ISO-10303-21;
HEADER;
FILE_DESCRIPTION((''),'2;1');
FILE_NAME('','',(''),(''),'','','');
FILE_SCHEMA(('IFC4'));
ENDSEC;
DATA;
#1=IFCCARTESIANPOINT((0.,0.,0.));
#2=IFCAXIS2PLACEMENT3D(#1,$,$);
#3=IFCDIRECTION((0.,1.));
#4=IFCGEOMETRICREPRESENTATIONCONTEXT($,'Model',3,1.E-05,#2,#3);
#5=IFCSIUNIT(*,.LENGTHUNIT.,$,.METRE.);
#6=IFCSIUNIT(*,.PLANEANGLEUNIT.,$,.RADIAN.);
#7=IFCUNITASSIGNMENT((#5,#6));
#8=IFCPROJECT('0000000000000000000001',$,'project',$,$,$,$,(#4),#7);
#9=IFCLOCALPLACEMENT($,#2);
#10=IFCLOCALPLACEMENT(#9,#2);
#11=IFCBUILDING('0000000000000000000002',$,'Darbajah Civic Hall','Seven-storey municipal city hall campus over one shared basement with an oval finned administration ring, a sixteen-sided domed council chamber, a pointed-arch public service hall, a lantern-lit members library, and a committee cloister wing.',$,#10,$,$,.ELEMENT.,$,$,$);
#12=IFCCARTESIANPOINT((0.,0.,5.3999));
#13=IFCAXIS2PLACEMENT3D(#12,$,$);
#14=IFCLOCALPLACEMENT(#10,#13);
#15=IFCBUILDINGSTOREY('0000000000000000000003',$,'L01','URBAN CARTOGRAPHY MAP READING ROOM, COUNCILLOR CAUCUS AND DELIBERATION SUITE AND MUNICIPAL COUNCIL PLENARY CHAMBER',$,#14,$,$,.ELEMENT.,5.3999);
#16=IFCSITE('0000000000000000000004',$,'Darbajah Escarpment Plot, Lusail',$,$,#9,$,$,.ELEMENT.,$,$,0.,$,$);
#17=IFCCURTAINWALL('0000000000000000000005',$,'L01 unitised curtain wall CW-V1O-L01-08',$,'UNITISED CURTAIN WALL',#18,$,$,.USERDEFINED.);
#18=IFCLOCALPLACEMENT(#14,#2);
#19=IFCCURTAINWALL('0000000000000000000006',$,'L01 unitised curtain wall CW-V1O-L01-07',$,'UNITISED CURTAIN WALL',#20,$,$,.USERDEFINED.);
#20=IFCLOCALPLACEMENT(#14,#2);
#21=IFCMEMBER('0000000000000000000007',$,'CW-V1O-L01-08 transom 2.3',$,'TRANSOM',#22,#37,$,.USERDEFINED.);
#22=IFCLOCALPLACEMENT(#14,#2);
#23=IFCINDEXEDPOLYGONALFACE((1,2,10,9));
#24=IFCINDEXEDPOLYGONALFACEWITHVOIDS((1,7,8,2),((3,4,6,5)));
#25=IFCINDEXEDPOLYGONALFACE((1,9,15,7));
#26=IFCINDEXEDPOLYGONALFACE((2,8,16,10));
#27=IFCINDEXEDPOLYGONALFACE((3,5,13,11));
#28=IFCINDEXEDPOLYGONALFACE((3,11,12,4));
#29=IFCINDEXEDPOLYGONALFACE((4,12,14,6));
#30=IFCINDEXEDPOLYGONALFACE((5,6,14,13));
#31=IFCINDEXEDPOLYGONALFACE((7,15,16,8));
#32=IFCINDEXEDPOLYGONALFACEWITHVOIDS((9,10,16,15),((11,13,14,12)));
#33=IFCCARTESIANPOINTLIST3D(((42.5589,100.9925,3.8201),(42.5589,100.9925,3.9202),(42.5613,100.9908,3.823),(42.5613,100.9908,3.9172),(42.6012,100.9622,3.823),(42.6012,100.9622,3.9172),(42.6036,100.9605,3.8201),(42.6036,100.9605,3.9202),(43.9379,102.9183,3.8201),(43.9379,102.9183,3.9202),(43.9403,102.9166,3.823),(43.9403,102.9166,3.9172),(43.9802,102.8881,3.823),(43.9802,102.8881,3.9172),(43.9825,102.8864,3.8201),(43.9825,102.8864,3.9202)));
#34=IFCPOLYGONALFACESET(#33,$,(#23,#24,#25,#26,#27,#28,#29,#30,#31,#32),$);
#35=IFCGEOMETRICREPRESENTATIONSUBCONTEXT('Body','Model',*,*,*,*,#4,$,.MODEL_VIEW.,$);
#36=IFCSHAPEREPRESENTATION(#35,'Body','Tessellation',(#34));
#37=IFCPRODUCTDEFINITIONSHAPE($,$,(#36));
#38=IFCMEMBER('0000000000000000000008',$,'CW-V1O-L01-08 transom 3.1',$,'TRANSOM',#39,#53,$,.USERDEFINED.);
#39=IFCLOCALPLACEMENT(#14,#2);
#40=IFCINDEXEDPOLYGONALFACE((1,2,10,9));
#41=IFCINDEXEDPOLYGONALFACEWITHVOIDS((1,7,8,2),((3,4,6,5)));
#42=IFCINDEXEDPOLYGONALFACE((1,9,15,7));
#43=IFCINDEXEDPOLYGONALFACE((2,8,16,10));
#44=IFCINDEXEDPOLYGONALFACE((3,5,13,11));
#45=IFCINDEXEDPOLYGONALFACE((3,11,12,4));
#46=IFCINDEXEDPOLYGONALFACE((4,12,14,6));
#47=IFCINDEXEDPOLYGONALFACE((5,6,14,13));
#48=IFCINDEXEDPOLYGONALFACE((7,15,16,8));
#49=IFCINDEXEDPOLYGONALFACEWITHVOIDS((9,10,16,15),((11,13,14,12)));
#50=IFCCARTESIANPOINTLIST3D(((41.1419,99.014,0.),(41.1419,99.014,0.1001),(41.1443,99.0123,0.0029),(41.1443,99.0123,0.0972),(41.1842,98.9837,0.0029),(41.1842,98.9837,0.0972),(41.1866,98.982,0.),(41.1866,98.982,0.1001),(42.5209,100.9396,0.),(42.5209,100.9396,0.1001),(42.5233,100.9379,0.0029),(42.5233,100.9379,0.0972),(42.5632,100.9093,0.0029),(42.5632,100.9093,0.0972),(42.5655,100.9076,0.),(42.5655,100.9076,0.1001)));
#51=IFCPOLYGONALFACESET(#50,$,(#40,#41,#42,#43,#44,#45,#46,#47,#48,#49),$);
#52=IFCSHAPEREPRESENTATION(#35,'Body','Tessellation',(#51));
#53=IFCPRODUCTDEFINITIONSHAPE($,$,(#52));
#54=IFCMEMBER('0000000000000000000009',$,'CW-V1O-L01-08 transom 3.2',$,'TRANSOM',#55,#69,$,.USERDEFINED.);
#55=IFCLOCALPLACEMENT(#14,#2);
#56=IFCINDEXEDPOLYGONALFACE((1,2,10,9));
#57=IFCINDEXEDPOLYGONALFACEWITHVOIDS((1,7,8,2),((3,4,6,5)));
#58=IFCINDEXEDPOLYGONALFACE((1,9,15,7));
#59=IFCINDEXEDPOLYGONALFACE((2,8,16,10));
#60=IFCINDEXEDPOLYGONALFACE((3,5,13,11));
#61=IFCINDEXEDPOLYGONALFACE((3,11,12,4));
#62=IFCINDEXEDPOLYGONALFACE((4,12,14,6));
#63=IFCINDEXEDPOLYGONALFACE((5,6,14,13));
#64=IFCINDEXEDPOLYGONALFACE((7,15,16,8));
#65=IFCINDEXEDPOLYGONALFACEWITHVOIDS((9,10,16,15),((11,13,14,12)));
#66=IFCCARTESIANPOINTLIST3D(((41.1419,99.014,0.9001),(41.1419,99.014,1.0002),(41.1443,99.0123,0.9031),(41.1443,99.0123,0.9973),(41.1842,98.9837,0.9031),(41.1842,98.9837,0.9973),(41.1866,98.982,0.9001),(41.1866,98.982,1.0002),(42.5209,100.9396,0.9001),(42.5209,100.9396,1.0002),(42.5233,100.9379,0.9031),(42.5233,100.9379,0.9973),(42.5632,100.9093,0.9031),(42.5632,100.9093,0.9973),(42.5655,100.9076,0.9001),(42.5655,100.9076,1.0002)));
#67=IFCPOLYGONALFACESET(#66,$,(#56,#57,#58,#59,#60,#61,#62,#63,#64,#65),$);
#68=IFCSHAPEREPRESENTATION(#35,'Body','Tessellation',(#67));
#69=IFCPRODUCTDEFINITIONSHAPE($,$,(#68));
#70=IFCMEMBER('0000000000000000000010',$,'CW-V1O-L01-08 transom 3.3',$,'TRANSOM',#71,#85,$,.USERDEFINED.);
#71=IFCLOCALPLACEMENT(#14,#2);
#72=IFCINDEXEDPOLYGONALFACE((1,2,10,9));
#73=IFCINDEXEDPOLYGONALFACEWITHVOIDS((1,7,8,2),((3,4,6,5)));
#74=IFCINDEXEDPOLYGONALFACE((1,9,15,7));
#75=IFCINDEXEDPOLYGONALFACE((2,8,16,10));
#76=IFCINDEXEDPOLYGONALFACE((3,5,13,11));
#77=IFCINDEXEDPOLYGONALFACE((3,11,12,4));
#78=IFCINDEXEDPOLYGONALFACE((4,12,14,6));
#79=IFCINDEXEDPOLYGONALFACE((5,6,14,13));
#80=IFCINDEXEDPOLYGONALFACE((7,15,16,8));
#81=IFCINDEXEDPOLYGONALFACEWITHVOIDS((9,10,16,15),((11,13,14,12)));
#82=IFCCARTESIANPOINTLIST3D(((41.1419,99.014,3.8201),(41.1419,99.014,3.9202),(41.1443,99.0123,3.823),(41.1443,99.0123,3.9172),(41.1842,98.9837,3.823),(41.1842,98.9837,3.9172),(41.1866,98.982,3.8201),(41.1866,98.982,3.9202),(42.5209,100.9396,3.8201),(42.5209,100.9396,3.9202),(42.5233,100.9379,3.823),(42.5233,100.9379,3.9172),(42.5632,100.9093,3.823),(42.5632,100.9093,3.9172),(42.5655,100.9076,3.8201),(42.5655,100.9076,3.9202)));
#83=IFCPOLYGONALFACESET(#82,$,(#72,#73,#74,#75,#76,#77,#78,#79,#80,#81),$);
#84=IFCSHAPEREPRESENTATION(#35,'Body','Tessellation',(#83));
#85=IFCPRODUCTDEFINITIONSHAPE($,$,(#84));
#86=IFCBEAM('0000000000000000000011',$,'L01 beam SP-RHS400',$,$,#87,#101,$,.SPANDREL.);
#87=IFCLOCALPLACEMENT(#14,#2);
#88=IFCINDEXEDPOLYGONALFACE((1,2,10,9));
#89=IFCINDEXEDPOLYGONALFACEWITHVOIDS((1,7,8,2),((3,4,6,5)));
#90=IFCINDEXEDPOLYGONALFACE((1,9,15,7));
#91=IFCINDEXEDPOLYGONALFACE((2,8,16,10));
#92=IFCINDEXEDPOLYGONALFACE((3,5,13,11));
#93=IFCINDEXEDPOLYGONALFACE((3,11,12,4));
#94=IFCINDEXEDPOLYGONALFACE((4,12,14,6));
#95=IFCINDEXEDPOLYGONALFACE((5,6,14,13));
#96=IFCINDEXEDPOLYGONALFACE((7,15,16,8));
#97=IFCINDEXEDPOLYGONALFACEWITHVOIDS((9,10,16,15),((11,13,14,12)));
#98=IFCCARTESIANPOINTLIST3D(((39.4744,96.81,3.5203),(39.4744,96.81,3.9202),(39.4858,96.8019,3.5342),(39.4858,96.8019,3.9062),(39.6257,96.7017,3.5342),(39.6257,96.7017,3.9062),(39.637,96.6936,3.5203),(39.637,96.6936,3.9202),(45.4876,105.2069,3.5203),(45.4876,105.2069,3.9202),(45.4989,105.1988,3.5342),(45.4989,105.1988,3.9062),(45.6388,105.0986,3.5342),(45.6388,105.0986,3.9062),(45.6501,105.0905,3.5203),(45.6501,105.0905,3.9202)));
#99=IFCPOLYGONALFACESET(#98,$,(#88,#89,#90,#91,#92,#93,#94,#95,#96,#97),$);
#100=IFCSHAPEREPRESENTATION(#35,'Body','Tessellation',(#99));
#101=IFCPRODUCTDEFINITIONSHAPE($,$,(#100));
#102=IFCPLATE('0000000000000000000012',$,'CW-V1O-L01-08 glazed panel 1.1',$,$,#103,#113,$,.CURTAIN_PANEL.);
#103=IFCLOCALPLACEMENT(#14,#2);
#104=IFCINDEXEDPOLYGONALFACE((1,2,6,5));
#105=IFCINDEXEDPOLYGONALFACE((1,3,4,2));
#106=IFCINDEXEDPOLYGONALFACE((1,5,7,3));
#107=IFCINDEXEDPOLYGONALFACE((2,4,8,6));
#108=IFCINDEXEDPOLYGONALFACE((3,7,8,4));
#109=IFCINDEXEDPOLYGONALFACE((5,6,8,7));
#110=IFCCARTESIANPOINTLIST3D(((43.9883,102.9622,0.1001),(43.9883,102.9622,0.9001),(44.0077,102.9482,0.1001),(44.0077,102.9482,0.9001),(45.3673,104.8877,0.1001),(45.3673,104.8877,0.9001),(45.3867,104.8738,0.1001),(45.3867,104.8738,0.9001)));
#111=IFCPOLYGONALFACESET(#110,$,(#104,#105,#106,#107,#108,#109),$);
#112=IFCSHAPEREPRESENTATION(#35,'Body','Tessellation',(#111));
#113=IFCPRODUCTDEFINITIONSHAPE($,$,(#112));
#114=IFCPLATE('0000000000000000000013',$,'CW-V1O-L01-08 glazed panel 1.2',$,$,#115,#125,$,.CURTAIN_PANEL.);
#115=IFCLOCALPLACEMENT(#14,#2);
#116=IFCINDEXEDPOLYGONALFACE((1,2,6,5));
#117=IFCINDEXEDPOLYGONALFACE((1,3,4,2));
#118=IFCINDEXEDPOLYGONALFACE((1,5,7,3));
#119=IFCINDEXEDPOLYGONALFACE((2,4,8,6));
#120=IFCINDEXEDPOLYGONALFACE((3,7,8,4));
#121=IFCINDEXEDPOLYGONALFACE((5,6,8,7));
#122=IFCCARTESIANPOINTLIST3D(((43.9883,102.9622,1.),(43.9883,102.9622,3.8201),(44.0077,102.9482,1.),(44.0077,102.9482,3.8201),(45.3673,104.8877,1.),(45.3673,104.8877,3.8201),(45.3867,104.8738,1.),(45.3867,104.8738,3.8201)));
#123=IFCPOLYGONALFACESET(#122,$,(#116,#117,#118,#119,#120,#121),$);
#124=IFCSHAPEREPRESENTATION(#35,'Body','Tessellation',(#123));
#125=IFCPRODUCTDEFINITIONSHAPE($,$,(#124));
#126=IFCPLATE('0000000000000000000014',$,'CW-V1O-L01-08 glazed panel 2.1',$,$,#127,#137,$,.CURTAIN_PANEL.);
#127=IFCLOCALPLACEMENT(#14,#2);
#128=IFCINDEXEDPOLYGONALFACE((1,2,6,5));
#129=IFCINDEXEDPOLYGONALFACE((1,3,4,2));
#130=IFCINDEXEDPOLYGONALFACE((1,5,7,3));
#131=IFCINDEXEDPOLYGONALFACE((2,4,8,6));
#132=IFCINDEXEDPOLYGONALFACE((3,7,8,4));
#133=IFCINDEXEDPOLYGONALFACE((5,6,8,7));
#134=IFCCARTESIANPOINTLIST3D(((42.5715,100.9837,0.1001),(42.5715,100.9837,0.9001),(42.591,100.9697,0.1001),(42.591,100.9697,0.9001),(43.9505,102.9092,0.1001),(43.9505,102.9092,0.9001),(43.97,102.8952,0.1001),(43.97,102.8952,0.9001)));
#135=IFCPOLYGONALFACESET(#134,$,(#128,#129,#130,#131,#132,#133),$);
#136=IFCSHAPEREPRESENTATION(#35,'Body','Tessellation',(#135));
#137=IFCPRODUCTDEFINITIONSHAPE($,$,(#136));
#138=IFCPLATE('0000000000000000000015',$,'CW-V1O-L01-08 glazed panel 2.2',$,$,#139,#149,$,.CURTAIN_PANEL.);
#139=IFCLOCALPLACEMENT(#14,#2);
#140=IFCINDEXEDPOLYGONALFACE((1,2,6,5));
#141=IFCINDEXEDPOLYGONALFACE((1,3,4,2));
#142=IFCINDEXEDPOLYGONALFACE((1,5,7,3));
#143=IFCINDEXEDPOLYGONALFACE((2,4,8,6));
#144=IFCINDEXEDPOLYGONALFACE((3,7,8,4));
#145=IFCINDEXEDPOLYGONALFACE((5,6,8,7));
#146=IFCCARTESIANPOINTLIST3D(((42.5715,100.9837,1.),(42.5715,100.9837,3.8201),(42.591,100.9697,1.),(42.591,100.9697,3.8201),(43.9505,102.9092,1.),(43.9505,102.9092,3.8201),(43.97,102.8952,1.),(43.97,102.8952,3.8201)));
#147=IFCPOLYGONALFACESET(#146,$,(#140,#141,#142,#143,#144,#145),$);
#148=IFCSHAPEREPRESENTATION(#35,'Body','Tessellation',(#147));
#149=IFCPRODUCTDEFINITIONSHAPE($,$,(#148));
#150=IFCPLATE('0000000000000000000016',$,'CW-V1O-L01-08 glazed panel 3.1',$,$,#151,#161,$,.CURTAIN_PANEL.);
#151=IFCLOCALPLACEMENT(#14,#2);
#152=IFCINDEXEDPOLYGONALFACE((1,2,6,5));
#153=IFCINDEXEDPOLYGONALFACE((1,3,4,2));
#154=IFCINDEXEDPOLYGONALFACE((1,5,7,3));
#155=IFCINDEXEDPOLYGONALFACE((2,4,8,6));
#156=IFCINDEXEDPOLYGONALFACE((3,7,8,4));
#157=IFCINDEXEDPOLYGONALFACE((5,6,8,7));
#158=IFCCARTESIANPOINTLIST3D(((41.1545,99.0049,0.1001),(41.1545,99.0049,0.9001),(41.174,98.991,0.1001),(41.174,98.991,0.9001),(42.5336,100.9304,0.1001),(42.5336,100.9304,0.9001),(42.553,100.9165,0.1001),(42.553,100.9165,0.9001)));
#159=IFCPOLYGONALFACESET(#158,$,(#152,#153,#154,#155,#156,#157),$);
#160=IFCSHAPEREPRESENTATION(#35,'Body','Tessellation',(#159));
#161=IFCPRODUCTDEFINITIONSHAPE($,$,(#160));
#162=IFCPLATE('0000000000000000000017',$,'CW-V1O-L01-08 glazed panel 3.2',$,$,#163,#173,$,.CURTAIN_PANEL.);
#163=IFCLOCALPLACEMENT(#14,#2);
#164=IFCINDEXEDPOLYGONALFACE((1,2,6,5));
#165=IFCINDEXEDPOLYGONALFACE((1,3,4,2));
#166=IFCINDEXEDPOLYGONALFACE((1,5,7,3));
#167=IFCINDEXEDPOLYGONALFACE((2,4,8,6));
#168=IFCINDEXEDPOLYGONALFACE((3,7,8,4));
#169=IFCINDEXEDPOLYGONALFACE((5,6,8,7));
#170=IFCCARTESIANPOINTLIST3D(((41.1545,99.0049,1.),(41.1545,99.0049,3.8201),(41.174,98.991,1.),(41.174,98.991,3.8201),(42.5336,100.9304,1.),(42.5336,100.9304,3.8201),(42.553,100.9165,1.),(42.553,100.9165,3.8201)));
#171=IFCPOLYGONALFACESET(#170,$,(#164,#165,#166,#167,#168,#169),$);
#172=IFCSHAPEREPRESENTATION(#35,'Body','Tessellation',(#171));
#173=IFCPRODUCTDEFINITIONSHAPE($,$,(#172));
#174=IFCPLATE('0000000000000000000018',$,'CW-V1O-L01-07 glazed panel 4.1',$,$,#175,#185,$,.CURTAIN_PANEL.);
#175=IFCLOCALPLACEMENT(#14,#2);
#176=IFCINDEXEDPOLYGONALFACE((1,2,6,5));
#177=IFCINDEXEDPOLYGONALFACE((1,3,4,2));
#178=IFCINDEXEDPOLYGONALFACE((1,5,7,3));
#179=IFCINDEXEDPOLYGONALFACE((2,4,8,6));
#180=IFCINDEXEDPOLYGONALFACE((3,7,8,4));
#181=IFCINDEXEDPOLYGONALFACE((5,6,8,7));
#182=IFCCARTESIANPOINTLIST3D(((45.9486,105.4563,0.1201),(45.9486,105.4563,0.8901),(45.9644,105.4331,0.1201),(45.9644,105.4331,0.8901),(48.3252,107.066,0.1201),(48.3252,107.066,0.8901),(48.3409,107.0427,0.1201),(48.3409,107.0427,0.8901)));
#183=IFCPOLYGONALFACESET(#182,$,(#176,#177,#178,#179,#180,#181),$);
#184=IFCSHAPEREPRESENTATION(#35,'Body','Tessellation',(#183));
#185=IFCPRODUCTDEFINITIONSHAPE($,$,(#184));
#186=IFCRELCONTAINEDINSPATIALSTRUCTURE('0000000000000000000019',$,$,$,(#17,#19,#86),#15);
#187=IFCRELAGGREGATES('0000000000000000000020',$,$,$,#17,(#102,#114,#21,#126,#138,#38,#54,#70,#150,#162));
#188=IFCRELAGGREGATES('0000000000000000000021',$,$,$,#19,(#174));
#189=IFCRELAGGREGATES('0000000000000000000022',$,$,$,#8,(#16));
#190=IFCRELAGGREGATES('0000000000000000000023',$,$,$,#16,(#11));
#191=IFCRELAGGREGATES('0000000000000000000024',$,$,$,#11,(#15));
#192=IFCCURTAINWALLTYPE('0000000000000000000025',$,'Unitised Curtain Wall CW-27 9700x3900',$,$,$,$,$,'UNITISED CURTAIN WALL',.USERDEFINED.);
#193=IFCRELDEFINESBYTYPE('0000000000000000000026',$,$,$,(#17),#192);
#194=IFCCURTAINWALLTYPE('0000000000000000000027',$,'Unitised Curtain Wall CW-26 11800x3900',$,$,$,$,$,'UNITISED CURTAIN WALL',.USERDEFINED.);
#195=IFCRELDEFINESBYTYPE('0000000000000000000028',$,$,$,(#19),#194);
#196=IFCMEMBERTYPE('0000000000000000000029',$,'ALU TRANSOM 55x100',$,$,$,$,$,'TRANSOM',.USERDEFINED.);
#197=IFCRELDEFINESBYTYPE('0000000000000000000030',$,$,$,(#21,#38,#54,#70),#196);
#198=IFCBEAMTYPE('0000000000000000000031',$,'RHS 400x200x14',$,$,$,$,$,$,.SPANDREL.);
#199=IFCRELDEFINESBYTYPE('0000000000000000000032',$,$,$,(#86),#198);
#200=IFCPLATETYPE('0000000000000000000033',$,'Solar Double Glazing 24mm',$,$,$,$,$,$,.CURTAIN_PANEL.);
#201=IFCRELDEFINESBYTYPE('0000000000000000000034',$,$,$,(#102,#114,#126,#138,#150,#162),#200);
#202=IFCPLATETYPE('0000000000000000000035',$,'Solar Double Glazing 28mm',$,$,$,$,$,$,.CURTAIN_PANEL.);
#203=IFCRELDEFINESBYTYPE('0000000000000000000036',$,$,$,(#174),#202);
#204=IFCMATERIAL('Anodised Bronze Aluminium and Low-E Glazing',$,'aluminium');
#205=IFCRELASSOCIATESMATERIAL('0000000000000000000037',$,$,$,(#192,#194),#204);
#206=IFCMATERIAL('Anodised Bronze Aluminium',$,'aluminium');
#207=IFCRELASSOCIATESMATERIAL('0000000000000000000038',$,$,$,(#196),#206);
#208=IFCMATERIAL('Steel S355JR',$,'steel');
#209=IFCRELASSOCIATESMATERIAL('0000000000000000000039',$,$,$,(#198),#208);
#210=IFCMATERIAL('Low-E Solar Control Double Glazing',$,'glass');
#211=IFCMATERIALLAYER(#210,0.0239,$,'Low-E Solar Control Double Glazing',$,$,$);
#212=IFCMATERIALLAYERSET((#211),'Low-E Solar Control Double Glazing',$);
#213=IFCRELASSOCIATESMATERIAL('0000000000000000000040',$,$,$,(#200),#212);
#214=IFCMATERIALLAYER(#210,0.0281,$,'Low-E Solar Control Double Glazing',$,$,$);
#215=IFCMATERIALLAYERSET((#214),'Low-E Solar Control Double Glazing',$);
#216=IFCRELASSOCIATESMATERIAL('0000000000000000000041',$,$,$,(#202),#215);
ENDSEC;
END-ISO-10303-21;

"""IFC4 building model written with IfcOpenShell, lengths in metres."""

from ifc_helpers import new_model, si_unit, direction, frame, origin, origin_2d, place, context, subcontext, project, spatial, rectangle, hollow_rectangle, extrude, material, layer, layer_set, material_profile, profile_set, type_object, element, aggregate, save


model = new_model("IFC4")

# Units and contexts
model_context = context("Model", 3, precision=1e-05, world=origin(), true_north=direction((0.0, 1.0)))
body_context = subcontext(model_context, "Body", "Model", "MODEL_VIEW")
ifc_project = project(units=[si_unit("LENGTHUNIT", "METRE"), si_unit("PLANEANGLEUNIT", "RADIAN")], contexts=[model_context])

# Site, building, storey
site_placement = place(None, origin())
site = spatial("IfcSite", under=ifc_project, at=site_placement, Name="Darbajah Escarpment Plot, Lusail", CompositionType="ELEMENT", RefElevation=0.0)
building_placement = place(site_placement, origin())
building = spatial("IfcBuilding", under=site, at=building_placement, Name="Darbajah Civic Hall", Description="Seven-storey municipal city hall campus over one shared basement with an oval finned administration ring, a sixteen-sided domed council chamber, a pointed-arch public service hall, a lantern-lit members library, and a committee cloister wing.", CompositionType="ELEMENT")
storey_placement = place(building_placement, frame((0.0, 0.0, 5.3999)))
storey = spatial("IfcBuildingStorey", under=building, at=storey_placement, Name="L01", Description="URBAN CARTOGRAPHY MAP READING ROOM, COUNCILLOR CAUCUS AND DELIBERATION SUITE AND MUNICIPAL COUNCIL PLENARY CHAMBER", CompositionType="ELEMENT", Elevation=5.3999)

# Curtain wall
ifc_material_1 = material(Name="Anodised Bronze Aluminium and Low-E Glazing", Category="aluminium")
curtain_wall_type_1 = type_object("IfcCurtainWallType", Name="Unitised Curtain Wall CW-27 9700x3900", ElementType="UNITISED CURTAIN WALL", PredefinedType="USERDEFINED", material=ifc_material_1)
curtain_wall_1_placement = place(storey_placement, origin())
curtain_wall_1 = element("IfcCurtainWall", 1, at=curtain_wall_1_placement, inside=storey, type_object=curtain_wall_type_1, Name="L01 unitised curtain wall CW-V1O-L01-08", ObjectType="UNITISED CURTAIN WALL", PredefinedType="USERDEFINED")
ifc_material_2 = material(Name="Anodised Bronze Aluminium", Category="aluminium")

# Curtain wall
curtain_wall_type_2 = type_object("IfcCurtainWallType", Name="Unitised Curtain Wall CW-26 11800x3900", ElementType="UNITISED CURTAIN WALL", PredefinedType="USERDEFINED", material=ifc_material_1)
curtain_wall_2_placement = place(storey_placement, origin())
curtain_wall_2 = element("IfcCurtainWall", 2, at=curtain_wall_2_placement, inside=storey, type_object=curtain_wall_type_2, Name="L01 unitised curtain wall CW-V1O-L01-07", ObjectType="UNITISED CURTAIN WALL", PredefinedType="USERDEFINED")

# Members
ifc_material_profile_1 = material_profile(ifc_material_2, hollow_rectangle(XDim=0.0549, YDim=0.1001, WallThickness=0.0029, at=origin_2d()), Name="ALU TRANSOM 55x100")
ifc_profile_set_1 = profile_set([ifc_material_profile_1], Name="Anodised Bronze Aluminium")
member_type_1 = type_object("IfcMemberType", Name="ALU TRANSOM 55x100", ElementType="TRANSOM", PredefinedType="USERDEFINED", material=ifc_profile_set_1)
member_1_placement = place(storey_placement, frame((43.9602, 102.9023, 3.8701), z_axis=(-0.582174, -0.813064, 0.0), x_axis=(0.813064, -0.582174, 0.0)))
member_1 = element("IfcMember", 3, at=member_1_placement, type_object=member_type_1, Name="CW-V1O-L01-08 transom 2.3", ObjectType="TRANSOM", PredefinedType="USERDEFINED", context=body_context, shape_type="SweptSolid", body=[
    extrude(hollow_rectangle(XDim=0.0549, YDim=0.1001, WallThickness=0.0029, at=origin_2d()), origin(), (0.0, 0.0, 1.0), 2.3687),
])
member_2_placement = place(storey_placement, frame((42.5432, 100.9236, 0.05), z_axis=(-0.582223, -0.813029, 0.0), x_axis=(0.813029, -0.582223, 0.0)))
member_2 = element("IfcMember", 4, at=member_2_placement, type_object=member_type_1, Name="CW-V1O-L01-08 transom 3.1", ObjectType="TRANSOM", PredefinedType="USERDEFINED", context=body_context, shape_type="SweptSolid", body=[
    extrude(hollow_rectangle(XDim=0.0549, YDim=0.1001, WallThickness=0.0029, at=origin_2d()), origin(), (0.0, 0.0, 1.0), 2.3684),
])
member_3_placement = place(storey_placement, frame((42.5432, 100.9236, 0.9502), z_axis=(-0.582223, -0.813029, 0.0), x_axis=(0.813029, -0.582223, 0.0)))
member_3 = element("IfcMember", 5, at=member_3_placement, type_object=member_type_1, Name="CW-V1O-L01-08 transom 3.2", ObjectType="TRANSOM", PredefinedType="USERDEFINED", context=body_context, shape_type="SweptSolid", body=[
    extrude(hollow_rectangle(XDim=0.0549, YDim=0.1001, WallThickness=0.0029, at=origin_2d()), origin(), (0.0, 0.0, 1.0), 2.3684),
])
member_4_placement = place(storey_placement, frame((42.5432, 100.9236, 3.8701), z_axis=(-0.582223, -0.813029, 0.0), x_axis=(0.813029, -0.582223, 0.0)))
member_4 = element("IfcMember", 6, at=member_4_placement, type_object=member_type_1, Name="CW-V1O-L01-08 transom 3.3", ObjectType="TRANSOM", PredefinedType="USERDEFINED", context=body_context, shape_type="SweptSolid", body=[
    extrude(hollow_rectangle(XDim=0.0549, YDim=0.1001, WallThickness=0.0029, at=origin_2d()), origin(), (0.0, 0.0, 1.0), 2.3684),
])

# Beam
ifc_material_3 = material(Name="Steel S355JR", Category="steel")
ifc_material_profile_2 = material_profile(ifc_material_3, hollow_rectangle(XDim=0.2, YDim=0.3999, WallThickness=0.0139, at=origin_2d()), Name="RHS 400x200x14")
ifc_profile_set_2 = profile_set([ifc_material_profile_2], Name="Steel S355JR")
beam_type = type_object("IfcBeamType", Name="RHS 400x200x14", PredefinedType="SPANDREL", material=ifc_profile_set_2)
beam_placement = place(storey_placement, frame((45.5688, 105.1487, 3.7202), z_axis=(-0.582222, -0.81303, 0.0), x_axis=(0.81303, -0.582222, 0.0)))
element("IfcBeam", 7, at=beam_placement, inside=storey, type_object=beam_type, Name="L01 beam SP-RHS400", PredefinedType="SPANDREL", context=body_context, shape_type="SweptSolid", body=[
    extrude(hollow_rectangle(XDim=0.2, YDim=0.3999, WallThickness=0.0139, at=origin_2d()), origin(), (0.0, 0.0, 1.0), 10.3279),
])

# Plates
ifc_material_4 = material(Name="Low-E Solar Control Double Glazing", Category="glass")
ifc_layer_1 = layer(ifc_material_4, 0.0239, Name="Low-E Solar Control Double Glazing")
ifc_layer_set_1 = layer_set([ifc_layer_1], Name="Low-E Solar Control Double Glazing")
plate_type_1 = type_object("IfcPlateType", Name="Solar Double Glazing 24mm", PredefinedType="CURTAIN_PANEL", material=ifc_layer_set_1)
plate_1_placement = place(storey_placement, frame((44.6875, 103.918, 0.1001), z_axis=(0.0, 0.0, 1.0), x_axis=(-0.582265, -0.812999, 0.0)))
plate_1 = element("IfcPlate", 8, at=plate_1_placement, type_object=plate_type_1, Name="CW-V1O-L01-08 glazed panel 1.1", PredefinedType="CURTAIN_PANEL", context=body_context, shape_type="SweptSolid", body=[
    extrude(rectangle(XDim=2.3684, YDim=0.0239, at=origin_2d()), origin(), (0.0, 0.0, 1.0), 0.8),
])
plate_2_placement = place(storey_placement, frame((44.6875, 103.918, 1.0), z_axis=(0.0, 0.0, 1.0), x_axis=(-0.582265, -0.812999, 0.0)))
plate_2 = element("IfcPlate", 9, at=plate_2_placement, type_object=plate_type_1, Name="CW-V1O-L01-08 glazed panel 1.2", PredefinedType="CURTAIN_PANEL", context=body_context, shape_type="SweptSolid", body=[
    extrude(rectangle(XDim=2.3684, YDim=0.0239, at=origin_2d()), origin(), (0.0, 0.0, 1.0), 2.8201),
])
plate_3_placement = place(storey_placement, frame((43.2708, 101.9395, 0.1001), z_axis=(0.0, 0.0, 1.0), x_axis=(-0.582265, -0.812999, 0.0)))
plate_3 = element("IfcPlate", 10, at=plate_3_placement, type_object=plate_type_1, Name="CW-V1O-L01-08 glazed panel 2.1", PredefinedType="CURTAIN_PANEL", context=body_context, shape_type="SweptSolid", body=[
    extrude(rectangle(XDim=2.3684, YDim=0.0239, at=origin_2d()), origin(), (0.0, 0.0, 1.0), 0.8),
])
plate_4_placement = place(storey_placement, frame((43.2708, 101.9395, 1.0), z_axis=(0.0, 0.0, 1.0), x_axis=(-0.582265, -0.812999, 0.0)))
plate_4 = element("IfcPlate", 11, at=plate_4_placement, type_object=plate_type_1, Name="CW-V1O-L01-08 glazed panel 2.2", PredefinedType="CURTAIN_PANEL", context=body_context, shape_type="SweptSolid", body=[
    extrude(rectangle(XDim=2.3684, YDim=0.0239, at=origin_2d()), origin(), (0.0, 0.0, 1.0), 2.8201),
])
plate_5_placement = place(storey_placement, frame((41.8538, 99.9607, 0.1001), z_axis=(0.0, 0.0, 1.0), x_axis=(-0.582265, -0.812999, 0.0)))
plate_5 = element("IfcPlate", 12, at=plate_5_placement, type_object=plate_type_1, Name="CW-V1O-L01-08 glazed panel 3.1", PredefinedType="CURTAIN_PANEL", context=body_context, shape_type="SweptSolid", body=[
    extrude(rectangle(XDim=2.3684, YDim=0.0239, at=origin_2d()), origin(), (0.0, 0.0, 1.0), 0.8),
])
plate_6_placement = place(storey_placement, frame((41.8538, 99.9607, 1.0), z_axis=(0.0, 0.0, 1.0), x_axis=(-0.582265, -0.812999, 0.0)))
plate_6 = element("IfcPlate", 13, at=plate_6_placement, type_object=plate_type_1, Name="CW-V1O-L01-08 glazed panel 3.2", PredefinedType="CURTAIN_PANEL", context=body_context, shape_type="SweptSolid", body=[
    extrude(rectangle(XDim=2.3684, YDim=0.0239, at=origin_2d()), origin(), (0.0, 0.0, 1.0), 2.8201),
])
aggregate(curtain_wall_1, [plate_1, plate_2, member_1, plate_3, plate_4, member_2, member_3, member_4, plate_5, plate_6])
ifc_layer_2 = layer(ifc_material_4, 0.0281, Name="Low-E Solar Control Double Glazing")
ifc_layer_set_2 = layer_set([ifc_layer_2], Name="Low-E Solar Control Double Glazing")
plate_type_2 = type_object("IfcPlateType", Name="Solar Double Glazing 28mm", PredefinedType="CURTAIN_PANEL", material=ifc_layer_set_2)
plate_7_placement = place(storey_placement, frame((47.1448, 106.2495, 0.1201), z_axis=(0.0, 0.0, 1.0), x_axis=(-0.827962, -0.560784, 0.0)))
plate_7 = element("IfcPlate", 14, at=plate_7_placement, type_object=plate_type_2, Name="CW-V1O-L01-07 glazed panel 4.1", PredefinedType="CURTAIN_PANEL", context=body_context, shape_type="SweptSolid", body=[
    extrude(rectangle(XDim=2.8704, YDim=0.0281, at=origin_2d()), origin(), (0.0, 0.0, 1.0), 0.77),
])
aggregate(curtain_wall_2, [plate_7])

save(model, "model.ifc")
